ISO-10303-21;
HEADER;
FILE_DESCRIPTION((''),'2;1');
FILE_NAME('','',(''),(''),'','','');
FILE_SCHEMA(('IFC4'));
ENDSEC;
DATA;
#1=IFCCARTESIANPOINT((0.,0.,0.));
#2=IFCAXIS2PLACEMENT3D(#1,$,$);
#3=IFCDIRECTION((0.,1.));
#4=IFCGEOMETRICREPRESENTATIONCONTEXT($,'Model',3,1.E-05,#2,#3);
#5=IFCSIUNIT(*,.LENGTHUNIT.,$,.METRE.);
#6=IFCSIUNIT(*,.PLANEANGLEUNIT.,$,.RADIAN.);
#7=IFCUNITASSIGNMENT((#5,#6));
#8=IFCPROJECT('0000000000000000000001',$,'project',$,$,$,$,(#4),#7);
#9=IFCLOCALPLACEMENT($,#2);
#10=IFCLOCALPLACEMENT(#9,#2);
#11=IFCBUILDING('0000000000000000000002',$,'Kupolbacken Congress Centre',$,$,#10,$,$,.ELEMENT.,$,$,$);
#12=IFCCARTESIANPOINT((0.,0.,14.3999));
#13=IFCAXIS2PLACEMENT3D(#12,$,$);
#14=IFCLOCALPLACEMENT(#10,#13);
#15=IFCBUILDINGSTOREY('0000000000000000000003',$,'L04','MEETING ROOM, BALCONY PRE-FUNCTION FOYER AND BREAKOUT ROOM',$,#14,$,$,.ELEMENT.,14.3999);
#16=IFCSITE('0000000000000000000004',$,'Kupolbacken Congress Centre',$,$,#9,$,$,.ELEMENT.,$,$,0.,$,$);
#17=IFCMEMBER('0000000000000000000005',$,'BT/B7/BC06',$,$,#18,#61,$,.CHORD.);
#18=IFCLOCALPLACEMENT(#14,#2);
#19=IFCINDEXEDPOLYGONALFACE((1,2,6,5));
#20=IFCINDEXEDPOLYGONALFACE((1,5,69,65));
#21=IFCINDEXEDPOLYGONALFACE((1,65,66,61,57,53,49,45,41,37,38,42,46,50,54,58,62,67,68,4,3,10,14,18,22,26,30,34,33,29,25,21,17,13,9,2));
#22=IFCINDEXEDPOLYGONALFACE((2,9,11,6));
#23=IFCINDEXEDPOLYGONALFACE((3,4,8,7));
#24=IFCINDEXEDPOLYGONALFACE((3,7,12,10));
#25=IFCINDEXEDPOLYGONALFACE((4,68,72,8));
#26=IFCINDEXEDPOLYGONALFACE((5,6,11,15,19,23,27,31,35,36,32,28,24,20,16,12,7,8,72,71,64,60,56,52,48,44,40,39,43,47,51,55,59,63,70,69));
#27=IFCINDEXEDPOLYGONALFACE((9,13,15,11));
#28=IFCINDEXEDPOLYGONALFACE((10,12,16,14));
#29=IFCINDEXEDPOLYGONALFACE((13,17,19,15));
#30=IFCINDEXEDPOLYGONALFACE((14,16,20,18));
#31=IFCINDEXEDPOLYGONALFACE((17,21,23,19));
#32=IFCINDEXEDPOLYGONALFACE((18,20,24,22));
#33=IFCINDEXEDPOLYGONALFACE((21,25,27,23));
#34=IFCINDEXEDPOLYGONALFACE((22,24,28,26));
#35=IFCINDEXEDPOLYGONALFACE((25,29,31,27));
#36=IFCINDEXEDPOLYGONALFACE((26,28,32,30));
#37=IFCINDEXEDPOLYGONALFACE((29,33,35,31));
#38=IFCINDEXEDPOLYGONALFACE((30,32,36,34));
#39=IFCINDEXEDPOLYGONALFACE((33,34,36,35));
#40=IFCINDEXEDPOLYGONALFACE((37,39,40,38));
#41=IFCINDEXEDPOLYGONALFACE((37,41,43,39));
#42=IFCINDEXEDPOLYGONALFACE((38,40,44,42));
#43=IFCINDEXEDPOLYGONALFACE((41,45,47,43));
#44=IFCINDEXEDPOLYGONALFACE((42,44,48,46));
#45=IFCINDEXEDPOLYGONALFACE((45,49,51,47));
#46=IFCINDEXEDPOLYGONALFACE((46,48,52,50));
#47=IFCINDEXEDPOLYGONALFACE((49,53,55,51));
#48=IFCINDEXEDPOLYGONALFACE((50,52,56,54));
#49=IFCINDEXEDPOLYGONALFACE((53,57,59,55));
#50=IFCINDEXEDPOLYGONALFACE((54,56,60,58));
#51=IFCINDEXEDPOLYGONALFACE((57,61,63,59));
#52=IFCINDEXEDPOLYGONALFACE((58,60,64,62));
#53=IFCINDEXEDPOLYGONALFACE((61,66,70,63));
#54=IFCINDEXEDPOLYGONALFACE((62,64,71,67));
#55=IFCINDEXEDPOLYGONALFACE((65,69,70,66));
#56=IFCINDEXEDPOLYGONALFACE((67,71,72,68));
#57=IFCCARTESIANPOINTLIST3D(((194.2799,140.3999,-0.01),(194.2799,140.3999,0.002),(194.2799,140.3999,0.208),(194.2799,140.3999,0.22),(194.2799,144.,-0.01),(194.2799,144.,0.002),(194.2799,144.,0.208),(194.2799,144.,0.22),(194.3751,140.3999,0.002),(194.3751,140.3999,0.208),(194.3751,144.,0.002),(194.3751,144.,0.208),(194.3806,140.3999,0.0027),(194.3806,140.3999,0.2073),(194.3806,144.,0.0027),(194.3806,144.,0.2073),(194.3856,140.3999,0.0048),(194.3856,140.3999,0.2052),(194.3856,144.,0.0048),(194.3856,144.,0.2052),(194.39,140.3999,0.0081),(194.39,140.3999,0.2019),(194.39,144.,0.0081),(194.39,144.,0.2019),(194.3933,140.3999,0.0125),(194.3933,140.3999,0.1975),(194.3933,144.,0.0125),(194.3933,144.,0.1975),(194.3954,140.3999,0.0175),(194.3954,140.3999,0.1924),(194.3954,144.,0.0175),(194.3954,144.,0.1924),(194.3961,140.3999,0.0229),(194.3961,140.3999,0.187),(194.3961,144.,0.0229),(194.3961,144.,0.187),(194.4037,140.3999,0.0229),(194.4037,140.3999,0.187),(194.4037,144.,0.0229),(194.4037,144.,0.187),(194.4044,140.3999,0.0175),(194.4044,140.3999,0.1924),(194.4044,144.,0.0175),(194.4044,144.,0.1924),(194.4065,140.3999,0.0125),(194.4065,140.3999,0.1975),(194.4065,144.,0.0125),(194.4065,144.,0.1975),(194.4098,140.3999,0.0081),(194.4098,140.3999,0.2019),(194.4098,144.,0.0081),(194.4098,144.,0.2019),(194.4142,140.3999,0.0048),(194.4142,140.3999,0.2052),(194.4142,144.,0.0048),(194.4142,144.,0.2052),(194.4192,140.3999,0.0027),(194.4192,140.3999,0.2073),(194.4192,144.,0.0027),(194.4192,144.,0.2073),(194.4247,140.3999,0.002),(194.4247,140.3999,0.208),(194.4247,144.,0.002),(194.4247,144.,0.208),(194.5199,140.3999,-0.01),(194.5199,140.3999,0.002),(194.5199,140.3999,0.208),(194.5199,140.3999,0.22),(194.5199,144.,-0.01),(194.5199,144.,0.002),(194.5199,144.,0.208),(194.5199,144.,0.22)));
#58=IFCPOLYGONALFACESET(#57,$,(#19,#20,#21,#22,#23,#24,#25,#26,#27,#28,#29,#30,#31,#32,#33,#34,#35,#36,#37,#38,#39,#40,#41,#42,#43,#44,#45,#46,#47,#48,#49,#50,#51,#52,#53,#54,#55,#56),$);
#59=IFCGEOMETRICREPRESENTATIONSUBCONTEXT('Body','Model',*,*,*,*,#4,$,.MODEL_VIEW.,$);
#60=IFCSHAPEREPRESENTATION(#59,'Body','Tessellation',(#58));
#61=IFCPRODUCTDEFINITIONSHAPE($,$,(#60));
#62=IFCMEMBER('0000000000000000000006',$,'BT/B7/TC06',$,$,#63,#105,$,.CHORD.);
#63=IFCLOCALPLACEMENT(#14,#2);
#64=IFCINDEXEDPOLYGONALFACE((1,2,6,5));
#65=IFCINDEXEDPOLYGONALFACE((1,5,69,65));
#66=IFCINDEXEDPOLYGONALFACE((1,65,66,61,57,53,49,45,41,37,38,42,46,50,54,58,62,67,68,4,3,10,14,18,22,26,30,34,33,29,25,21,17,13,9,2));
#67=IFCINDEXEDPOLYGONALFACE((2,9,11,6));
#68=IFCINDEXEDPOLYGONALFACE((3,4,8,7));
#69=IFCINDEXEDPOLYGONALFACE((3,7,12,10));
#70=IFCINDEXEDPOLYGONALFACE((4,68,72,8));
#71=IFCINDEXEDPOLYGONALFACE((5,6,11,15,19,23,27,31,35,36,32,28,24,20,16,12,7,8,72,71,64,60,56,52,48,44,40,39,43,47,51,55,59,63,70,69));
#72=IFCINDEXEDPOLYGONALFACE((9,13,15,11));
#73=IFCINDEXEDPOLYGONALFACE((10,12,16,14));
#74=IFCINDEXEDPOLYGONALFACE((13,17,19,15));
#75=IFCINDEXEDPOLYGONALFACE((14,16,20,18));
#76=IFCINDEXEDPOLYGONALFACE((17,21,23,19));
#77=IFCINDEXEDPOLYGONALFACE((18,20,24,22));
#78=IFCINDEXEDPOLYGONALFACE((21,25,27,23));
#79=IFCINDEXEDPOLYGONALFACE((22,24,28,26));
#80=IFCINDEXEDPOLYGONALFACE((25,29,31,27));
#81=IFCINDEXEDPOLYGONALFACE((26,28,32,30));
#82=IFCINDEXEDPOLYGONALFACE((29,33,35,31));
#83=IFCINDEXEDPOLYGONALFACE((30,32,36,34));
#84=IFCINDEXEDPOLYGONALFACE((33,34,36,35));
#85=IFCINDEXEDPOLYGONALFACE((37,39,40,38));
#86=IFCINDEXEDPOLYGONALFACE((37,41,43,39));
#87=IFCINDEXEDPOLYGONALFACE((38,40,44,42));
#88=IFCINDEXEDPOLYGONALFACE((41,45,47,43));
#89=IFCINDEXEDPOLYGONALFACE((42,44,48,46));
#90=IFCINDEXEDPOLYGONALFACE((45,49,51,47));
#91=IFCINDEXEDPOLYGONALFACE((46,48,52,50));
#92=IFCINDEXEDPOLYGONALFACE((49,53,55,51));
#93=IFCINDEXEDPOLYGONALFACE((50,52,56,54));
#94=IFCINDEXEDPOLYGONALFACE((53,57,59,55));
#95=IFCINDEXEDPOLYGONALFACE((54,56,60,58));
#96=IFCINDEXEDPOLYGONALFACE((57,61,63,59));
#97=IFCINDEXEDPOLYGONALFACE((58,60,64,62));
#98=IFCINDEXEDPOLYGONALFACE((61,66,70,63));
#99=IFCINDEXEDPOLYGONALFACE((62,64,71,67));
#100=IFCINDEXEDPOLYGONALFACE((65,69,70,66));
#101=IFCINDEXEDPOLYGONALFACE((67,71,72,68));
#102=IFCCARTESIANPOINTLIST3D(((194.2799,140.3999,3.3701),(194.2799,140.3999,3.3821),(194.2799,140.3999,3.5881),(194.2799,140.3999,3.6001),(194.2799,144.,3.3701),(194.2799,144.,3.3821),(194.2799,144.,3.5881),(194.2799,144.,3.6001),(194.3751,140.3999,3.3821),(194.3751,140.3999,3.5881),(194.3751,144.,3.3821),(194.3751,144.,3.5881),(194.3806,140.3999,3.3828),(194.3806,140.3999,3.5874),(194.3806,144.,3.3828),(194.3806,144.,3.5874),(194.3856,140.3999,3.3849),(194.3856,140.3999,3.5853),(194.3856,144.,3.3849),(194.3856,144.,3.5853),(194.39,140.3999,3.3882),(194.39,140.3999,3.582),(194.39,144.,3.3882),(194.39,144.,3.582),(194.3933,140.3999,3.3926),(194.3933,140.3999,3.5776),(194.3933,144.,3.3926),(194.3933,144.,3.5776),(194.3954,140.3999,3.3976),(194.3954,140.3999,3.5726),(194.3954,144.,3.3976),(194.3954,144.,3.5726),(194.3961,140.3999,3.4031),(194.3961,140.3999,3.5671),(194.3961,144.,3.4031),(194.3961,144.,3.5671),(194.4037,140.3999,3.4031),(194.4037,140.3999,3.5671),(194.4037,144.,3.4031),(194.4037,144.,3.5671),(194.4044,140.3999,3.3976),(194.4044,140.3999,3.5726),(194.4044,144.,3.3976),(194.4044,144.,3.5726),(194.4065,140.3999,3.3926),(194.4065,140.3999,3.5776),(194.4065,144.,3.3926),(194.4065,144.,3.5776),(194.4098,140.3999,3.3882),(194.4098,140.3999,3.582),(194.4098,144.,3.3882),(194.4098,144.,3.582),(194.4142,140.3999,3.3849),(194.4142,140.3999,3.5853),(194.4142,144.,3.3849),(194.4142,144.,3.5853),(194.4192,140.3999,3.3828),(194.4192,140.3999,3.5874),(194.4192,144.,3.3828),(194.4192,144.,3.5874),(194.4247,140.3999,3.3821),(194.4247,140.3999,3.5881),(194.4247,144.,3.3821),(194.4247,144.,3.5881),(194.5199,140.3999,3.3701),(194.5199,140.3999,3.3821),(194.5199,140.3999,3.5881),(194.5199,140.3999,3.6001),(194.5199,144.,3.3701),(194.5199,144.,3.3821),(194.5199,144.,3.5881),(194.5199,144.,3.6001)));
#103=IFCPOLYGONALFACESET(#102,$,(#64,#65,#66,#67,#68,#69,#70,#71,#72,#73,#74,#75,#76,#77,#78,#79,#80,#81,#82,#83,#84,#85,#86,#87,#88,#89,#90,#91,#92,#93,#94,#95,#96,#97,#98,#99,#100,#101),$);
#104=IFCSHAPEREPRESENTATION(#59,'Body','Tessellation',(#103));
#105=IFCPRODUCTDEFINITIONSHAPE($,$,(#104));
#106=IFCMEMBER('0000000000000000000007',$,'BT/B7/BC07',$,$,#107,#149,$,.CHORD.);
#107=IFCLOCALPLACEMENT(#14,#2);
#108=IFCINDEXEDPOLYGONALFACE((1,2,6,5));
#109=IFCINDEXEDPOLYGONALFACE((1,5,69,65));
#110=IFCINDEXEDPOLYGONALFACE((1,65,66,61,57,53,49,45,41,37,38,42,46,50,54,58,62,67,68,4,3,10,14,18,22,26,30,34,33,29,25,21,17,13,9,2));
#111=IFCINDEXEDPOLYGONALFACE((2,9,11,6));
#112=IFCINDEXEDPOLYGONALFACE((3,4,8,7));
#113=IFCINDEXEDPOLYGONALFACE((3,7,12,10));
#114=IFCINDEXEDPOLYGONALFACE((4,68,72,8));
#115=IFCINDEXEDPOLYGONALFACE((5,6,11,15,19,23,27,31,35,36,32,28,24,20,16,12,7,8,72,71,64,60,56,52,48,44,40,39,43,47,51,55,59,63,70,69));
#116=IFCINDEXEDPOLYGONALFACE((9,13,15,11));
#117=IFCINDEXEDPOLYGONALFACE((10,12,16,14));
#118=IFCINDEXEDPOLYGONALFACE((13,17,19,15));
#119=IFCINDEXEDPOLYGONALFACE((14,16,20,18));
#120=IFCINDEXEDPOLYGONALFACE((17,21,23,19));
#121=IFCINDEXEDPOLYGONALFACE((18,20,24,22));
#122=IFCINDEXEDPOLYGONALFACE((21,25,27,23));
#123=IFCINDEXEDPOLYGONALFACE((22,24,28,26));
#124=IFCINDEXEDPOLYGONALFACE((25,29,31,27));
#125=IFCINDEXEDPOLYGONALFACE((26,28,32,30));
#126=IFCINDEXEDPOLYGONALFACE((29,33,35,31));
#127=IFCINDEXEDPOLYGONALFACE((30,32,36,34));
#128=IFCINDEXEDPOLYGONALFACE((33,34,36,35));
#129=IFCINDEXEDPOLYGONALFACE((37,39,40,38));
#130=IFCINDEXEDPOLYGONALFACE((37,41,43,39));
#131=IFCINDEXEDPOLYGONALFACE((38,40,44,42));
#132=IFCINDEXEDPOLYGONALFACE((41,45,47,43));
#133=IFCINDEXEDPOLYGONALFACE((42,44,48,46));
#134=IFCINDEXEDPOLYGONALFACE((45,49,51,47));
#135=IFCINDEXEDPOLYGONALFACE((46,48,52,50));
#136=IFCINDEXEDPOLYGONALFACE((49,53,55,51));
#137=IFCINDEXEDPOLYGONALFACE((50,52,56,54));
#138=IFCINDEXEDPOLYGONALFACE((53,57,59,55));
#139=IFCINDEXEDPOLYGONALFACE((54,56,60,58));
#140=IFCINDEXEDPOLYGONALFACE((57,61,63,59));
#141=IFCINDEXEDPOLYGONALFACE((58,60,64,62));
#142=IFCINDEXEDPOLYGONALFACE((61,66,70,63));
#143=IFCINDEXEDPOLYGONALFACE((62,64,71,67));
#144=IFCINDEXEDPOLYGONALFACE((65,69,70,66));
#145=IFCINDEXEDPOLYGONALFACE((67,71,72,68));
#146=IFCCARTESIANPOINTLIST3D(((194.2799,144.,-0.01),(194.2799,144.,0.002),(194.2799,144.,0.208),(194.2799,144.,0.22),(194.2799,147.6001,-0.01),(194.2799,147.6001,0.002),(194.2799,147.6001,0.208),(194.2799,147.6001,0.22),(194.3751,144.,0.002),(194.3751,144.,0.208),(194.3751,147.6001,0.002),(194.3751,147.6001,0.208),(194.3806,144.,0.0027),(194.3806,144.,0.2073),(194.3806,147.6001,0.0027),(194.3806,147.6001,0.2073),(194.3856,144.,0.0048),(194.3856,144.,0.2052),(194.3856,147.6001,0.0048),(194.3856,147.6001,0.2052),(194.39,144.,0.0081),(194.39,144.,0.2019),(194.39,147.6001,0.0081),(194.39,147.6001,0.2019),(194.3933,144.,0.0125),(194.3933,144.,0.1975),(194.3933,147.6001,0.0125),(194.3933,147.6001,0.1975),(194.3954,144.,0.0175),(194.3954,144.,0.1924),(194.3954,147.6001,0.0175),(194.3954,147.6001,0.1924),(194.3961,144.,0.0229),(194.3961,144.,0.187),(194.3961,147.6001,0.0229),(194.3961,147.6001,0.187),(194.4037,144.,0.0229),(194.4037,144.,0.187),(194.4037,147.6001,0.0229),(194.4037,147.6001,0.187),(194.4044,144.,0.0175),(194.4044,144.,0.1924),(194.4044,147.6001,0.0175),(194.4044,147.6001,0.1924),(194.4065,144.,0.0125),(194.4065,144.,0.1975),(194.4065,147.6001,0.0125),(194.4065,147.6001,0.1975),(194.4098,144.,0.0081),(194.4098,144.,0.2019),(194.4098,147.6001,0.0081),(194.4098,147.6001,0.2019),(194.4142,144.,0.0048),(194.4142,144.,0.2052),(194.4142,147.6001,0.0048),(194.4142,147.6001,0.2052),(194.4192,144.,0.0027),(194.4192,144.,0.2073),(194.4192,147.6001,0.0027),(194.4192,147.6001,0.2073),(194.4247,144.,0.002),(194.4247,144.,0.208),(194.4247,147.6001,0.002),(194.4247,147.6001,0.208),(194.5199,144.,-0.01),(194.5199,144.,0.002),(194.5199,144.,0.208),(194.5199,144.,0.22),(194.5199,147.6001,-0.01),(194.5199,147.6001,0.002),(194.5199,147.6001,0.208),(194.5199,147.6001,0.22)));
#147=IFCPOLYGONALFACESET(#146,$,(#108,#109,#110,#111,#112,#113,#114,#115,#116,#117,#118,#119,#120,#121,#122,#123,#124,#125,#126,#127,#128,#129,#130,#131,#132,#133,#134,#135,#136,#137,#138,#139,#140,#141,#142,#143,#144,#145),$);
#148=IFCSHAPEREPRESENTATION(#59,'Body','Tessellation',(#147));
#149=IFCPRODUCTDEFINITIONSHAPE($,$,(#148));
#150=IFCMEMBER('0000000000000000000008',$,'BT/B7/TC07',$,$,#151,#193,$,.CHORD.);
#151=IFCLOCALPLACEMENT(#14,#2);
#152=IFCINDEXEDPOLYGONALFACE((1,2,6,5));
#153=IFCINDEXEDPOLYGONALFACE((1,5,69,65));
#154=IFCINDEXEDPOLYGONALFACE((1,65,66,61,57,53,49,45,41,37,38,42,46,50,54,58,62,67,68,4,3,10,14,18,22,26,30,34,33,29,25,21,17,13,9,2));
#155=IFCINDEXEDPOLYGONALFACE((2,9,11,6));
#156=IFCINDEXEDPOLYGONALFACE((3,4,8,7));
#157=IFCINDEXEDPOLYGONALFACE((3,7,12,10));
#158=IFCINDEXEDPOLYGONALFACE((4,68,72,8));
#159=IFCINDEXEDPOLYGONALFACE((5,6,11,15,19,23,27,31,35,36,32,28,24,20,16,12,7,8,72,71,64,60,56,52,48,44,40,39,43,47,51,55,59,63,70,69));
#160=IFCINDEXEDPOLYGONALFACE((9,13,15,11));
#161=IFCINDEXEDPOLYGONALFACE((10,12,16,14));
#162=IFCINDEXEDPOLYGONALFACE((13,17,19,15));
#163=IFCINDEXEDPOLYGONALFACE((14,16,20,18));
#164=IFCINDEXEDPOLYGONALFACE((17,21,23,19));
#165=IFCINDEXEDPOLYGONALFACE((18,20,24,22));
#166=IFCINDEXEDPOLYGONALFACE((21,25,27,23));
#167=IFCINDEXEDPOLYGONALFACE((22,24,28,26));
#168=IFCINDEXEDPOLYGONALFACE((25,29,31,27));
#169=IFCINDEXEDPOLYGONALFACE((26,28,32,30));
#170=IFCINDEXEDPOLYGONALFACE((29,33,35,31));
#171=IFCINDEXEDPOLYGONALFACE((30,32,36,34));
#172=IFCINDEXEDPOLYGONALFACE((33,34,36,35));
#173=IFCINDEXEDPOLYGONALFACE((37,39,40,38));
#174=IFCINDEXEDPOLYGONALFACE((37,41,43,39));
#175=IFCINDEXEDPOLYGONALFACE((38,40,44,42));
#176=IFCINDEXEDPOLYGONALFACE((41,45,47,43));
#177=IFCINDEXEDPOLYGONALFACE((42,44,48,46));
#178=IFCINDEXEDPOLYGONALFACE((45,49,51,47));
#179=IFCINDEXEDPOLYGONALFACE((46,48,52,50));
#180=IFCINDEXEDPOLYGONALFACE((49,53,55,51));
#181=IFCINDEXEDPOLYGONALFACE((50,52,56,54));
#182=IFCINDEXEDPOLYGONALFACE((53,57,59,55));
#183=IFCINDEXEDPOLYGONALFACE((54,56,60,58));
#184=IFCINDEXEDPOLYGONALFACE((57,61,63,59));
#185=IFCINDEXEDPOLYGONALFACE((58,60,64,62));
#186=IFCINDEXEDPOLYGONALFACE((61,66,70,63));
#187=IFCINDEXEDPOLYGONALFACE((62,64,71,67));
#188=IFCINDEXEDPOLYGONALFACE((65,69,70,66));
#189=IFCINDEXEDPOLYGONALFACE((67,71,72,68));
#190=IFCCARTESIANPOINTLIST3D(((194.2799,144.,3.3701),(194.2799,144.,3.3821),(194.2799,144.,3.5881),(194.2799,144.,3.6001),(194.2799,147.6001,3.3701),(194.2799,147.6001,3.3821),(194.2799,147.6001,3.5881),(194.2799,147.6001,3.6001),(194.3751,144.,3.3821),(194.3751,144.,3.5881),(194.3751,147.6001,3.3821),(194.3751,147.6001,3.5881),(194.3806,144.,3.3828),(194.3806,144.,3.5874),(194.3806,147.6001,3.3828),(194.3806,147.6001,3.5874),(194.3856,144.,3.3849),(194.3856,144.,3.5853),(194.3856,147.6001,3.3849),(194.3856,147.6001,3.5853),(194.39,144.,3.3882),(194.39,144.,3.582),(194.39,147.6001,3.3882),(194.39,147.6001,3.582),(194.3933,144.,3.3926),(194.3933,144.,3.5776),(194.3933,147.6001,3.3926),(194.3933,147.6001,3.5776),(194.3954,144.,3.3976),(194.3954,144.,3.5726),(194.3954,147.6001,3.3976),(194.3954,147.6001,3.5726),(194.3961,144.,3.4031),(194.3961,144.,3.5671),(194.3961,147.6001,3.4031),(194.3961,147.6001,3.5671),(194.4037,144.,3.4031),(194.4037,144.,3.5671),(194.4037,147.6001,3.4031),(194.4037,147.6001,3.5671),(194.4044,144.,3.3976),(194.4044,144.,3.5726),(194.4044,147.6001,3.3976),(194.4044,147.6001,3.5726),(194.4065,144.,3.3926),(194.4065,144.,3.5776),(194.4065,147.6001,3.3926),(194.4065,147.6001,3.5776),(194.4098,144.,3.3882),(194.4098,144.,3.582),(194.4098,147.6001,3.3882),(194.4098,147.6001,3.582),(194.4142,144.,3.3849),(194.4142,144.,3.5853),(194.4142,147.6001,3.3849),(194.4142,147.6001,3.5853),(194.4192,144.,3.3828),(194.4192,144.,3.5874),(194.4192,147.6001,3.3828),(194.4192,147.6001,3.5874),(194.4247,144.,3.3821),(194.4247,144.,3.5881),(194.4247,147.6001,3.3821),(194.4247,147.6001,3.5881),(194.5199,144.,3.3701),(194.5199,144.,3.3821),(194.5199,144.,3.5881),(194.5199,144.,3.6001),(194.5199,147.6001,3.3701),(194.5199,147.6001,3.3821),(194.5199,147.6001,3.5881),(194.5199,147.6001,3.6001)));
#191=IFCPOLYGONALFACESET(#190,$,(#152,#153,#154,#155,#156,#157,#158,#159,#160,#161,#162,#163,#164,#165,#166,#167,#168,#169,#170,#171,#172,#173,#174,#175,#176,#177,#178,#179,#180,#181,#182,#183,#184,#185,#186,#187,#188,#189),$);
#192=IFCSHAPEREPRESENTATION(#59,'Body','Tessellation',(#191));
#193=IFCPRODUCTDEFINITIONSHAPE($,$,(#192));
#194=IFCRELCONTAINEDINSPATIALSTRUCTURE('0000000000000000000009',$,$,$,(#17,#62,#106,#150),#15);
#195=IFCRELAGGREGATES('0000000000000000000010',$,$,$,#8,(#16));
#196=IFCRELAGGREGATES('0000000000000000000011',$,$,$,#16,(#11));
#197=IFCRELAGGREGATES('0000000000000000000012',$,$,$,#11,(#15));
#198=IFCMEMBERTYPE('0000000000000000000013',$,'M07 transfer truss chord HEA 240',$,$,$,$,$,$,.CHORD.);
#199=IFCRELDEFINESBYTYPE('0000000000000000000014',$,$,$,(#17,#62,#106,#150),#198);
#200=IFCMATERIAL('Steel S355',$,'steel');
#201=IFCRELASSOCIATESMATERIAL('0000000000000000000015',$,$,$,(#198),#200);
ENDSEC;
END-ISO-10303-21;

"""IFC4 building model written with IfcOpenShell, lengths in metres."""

from ifc_helpers import new_model, si_unit, direction, frame, origin, origin_2d, place, context, subcontext, project, spatial, i_section, extrude, material, material_profile, profile_set, type_object, element, save


model = new_model("IFC4")

# Units and contexts
model_context = context("Model", 3, precision=1e-05, world=origin(), true_north=direction((0.0, 1.0)))
body_context = subcontext(model_context, "Body", "Model", "MODEL_VIEW")
ifc_project = project(units=[si_unit("LENGTHUNIT", "METRE"), si_unit("PLANEANGLEUNIT", "RADIAN")], contexts=[model_context])

# Site, building, storey
site_placement = place(None, origin())
site = spatial("IfcSite", under=ifc_project, at=site_placement, Name="Kupolbacken Congress Centre", CompositionType="ELEMENT", RefElevation=0.0)
building_placement = place(site_placement, origin())
building = spatial("IfcBuilding", under=site, at=building_placement, Name="Kupolbacken Congress Centre", CompositionType="ELEMENT")
storey_placement = place(building_placement, frame((0.0, 0.0, 14.3999)))
storey = spatial("IfcBuildingStorey", under=building, at=storey_placement, Name="L04", Description="MEETING ROOM, BALCONY PRE-FUNCTION FOYER AND BREAKOUT ROOM", CompositionType="ELEMENT", Elevation=14.3999)

# Members
ifc_material_1 = material(Name="Steel S355", Category="steel")
ifc_material_profile_1 = material_profile(ifc_material_1, i_section(OverallWidth=0.24, OverallDepth=0.23, WebThickness=0.0076, FlangeThickness=0.012, FilletRadius=0.021, at=origin_2d()), Name="HEA 240")
ifc_profile_set_1 = profile_set([ifc_material_profile_1], Name="Steel S355")
member_type_1 = type_object("IfcMemberType", Name="M07 transfer truss chord HEA 240", PredefinedType="CHORD", material=ifc_profile_set_1)
for number, where, z_axis, x_axis, name in (
    (1, (194.3999, 140.3999, 0.105), (0.0, 1.0, 0.0), (-1.0, 0.0, 0.0), "BT/B7/BC06"),
    (2, (194.3999, 140.3999, 3.4851), (0.0, 1.0, 0.0), (-1.0, 0.0, 0.0), "BT/B7/TC06"),
    (3, (194.3999, 144.0, 0.105), (0.0, 1.0, 0.0), (-1.0, 0.0, 0.0), "BT/B7/BC07"),
    (4, (194.3999, 144.0, 3.4851), (0.0, 1.0, 0.0), (-1.0, 0.0, 0.0), "BT/B7/TC07"),
):
    element("IfcMember", number, at=place(storey_placement, frame(where, z_axis=z_axis, x_axis=x_axis)), inside=storey, type_object=member_type_1, Name=name, PredefinedType="CHORD", context=body_context, shape_type="SweptSolid", body=[
        extrude(i_section(OverallWidth=0.24, OverallDepth=0.23, WebThickness=0.0076, FlangeThickness=0.012, FilletRadius=0.021, at=origin_2d()), origin(), (0.0, 0.0, 1.0), 3.6001),
    ])

save(model, "model.ifc")
